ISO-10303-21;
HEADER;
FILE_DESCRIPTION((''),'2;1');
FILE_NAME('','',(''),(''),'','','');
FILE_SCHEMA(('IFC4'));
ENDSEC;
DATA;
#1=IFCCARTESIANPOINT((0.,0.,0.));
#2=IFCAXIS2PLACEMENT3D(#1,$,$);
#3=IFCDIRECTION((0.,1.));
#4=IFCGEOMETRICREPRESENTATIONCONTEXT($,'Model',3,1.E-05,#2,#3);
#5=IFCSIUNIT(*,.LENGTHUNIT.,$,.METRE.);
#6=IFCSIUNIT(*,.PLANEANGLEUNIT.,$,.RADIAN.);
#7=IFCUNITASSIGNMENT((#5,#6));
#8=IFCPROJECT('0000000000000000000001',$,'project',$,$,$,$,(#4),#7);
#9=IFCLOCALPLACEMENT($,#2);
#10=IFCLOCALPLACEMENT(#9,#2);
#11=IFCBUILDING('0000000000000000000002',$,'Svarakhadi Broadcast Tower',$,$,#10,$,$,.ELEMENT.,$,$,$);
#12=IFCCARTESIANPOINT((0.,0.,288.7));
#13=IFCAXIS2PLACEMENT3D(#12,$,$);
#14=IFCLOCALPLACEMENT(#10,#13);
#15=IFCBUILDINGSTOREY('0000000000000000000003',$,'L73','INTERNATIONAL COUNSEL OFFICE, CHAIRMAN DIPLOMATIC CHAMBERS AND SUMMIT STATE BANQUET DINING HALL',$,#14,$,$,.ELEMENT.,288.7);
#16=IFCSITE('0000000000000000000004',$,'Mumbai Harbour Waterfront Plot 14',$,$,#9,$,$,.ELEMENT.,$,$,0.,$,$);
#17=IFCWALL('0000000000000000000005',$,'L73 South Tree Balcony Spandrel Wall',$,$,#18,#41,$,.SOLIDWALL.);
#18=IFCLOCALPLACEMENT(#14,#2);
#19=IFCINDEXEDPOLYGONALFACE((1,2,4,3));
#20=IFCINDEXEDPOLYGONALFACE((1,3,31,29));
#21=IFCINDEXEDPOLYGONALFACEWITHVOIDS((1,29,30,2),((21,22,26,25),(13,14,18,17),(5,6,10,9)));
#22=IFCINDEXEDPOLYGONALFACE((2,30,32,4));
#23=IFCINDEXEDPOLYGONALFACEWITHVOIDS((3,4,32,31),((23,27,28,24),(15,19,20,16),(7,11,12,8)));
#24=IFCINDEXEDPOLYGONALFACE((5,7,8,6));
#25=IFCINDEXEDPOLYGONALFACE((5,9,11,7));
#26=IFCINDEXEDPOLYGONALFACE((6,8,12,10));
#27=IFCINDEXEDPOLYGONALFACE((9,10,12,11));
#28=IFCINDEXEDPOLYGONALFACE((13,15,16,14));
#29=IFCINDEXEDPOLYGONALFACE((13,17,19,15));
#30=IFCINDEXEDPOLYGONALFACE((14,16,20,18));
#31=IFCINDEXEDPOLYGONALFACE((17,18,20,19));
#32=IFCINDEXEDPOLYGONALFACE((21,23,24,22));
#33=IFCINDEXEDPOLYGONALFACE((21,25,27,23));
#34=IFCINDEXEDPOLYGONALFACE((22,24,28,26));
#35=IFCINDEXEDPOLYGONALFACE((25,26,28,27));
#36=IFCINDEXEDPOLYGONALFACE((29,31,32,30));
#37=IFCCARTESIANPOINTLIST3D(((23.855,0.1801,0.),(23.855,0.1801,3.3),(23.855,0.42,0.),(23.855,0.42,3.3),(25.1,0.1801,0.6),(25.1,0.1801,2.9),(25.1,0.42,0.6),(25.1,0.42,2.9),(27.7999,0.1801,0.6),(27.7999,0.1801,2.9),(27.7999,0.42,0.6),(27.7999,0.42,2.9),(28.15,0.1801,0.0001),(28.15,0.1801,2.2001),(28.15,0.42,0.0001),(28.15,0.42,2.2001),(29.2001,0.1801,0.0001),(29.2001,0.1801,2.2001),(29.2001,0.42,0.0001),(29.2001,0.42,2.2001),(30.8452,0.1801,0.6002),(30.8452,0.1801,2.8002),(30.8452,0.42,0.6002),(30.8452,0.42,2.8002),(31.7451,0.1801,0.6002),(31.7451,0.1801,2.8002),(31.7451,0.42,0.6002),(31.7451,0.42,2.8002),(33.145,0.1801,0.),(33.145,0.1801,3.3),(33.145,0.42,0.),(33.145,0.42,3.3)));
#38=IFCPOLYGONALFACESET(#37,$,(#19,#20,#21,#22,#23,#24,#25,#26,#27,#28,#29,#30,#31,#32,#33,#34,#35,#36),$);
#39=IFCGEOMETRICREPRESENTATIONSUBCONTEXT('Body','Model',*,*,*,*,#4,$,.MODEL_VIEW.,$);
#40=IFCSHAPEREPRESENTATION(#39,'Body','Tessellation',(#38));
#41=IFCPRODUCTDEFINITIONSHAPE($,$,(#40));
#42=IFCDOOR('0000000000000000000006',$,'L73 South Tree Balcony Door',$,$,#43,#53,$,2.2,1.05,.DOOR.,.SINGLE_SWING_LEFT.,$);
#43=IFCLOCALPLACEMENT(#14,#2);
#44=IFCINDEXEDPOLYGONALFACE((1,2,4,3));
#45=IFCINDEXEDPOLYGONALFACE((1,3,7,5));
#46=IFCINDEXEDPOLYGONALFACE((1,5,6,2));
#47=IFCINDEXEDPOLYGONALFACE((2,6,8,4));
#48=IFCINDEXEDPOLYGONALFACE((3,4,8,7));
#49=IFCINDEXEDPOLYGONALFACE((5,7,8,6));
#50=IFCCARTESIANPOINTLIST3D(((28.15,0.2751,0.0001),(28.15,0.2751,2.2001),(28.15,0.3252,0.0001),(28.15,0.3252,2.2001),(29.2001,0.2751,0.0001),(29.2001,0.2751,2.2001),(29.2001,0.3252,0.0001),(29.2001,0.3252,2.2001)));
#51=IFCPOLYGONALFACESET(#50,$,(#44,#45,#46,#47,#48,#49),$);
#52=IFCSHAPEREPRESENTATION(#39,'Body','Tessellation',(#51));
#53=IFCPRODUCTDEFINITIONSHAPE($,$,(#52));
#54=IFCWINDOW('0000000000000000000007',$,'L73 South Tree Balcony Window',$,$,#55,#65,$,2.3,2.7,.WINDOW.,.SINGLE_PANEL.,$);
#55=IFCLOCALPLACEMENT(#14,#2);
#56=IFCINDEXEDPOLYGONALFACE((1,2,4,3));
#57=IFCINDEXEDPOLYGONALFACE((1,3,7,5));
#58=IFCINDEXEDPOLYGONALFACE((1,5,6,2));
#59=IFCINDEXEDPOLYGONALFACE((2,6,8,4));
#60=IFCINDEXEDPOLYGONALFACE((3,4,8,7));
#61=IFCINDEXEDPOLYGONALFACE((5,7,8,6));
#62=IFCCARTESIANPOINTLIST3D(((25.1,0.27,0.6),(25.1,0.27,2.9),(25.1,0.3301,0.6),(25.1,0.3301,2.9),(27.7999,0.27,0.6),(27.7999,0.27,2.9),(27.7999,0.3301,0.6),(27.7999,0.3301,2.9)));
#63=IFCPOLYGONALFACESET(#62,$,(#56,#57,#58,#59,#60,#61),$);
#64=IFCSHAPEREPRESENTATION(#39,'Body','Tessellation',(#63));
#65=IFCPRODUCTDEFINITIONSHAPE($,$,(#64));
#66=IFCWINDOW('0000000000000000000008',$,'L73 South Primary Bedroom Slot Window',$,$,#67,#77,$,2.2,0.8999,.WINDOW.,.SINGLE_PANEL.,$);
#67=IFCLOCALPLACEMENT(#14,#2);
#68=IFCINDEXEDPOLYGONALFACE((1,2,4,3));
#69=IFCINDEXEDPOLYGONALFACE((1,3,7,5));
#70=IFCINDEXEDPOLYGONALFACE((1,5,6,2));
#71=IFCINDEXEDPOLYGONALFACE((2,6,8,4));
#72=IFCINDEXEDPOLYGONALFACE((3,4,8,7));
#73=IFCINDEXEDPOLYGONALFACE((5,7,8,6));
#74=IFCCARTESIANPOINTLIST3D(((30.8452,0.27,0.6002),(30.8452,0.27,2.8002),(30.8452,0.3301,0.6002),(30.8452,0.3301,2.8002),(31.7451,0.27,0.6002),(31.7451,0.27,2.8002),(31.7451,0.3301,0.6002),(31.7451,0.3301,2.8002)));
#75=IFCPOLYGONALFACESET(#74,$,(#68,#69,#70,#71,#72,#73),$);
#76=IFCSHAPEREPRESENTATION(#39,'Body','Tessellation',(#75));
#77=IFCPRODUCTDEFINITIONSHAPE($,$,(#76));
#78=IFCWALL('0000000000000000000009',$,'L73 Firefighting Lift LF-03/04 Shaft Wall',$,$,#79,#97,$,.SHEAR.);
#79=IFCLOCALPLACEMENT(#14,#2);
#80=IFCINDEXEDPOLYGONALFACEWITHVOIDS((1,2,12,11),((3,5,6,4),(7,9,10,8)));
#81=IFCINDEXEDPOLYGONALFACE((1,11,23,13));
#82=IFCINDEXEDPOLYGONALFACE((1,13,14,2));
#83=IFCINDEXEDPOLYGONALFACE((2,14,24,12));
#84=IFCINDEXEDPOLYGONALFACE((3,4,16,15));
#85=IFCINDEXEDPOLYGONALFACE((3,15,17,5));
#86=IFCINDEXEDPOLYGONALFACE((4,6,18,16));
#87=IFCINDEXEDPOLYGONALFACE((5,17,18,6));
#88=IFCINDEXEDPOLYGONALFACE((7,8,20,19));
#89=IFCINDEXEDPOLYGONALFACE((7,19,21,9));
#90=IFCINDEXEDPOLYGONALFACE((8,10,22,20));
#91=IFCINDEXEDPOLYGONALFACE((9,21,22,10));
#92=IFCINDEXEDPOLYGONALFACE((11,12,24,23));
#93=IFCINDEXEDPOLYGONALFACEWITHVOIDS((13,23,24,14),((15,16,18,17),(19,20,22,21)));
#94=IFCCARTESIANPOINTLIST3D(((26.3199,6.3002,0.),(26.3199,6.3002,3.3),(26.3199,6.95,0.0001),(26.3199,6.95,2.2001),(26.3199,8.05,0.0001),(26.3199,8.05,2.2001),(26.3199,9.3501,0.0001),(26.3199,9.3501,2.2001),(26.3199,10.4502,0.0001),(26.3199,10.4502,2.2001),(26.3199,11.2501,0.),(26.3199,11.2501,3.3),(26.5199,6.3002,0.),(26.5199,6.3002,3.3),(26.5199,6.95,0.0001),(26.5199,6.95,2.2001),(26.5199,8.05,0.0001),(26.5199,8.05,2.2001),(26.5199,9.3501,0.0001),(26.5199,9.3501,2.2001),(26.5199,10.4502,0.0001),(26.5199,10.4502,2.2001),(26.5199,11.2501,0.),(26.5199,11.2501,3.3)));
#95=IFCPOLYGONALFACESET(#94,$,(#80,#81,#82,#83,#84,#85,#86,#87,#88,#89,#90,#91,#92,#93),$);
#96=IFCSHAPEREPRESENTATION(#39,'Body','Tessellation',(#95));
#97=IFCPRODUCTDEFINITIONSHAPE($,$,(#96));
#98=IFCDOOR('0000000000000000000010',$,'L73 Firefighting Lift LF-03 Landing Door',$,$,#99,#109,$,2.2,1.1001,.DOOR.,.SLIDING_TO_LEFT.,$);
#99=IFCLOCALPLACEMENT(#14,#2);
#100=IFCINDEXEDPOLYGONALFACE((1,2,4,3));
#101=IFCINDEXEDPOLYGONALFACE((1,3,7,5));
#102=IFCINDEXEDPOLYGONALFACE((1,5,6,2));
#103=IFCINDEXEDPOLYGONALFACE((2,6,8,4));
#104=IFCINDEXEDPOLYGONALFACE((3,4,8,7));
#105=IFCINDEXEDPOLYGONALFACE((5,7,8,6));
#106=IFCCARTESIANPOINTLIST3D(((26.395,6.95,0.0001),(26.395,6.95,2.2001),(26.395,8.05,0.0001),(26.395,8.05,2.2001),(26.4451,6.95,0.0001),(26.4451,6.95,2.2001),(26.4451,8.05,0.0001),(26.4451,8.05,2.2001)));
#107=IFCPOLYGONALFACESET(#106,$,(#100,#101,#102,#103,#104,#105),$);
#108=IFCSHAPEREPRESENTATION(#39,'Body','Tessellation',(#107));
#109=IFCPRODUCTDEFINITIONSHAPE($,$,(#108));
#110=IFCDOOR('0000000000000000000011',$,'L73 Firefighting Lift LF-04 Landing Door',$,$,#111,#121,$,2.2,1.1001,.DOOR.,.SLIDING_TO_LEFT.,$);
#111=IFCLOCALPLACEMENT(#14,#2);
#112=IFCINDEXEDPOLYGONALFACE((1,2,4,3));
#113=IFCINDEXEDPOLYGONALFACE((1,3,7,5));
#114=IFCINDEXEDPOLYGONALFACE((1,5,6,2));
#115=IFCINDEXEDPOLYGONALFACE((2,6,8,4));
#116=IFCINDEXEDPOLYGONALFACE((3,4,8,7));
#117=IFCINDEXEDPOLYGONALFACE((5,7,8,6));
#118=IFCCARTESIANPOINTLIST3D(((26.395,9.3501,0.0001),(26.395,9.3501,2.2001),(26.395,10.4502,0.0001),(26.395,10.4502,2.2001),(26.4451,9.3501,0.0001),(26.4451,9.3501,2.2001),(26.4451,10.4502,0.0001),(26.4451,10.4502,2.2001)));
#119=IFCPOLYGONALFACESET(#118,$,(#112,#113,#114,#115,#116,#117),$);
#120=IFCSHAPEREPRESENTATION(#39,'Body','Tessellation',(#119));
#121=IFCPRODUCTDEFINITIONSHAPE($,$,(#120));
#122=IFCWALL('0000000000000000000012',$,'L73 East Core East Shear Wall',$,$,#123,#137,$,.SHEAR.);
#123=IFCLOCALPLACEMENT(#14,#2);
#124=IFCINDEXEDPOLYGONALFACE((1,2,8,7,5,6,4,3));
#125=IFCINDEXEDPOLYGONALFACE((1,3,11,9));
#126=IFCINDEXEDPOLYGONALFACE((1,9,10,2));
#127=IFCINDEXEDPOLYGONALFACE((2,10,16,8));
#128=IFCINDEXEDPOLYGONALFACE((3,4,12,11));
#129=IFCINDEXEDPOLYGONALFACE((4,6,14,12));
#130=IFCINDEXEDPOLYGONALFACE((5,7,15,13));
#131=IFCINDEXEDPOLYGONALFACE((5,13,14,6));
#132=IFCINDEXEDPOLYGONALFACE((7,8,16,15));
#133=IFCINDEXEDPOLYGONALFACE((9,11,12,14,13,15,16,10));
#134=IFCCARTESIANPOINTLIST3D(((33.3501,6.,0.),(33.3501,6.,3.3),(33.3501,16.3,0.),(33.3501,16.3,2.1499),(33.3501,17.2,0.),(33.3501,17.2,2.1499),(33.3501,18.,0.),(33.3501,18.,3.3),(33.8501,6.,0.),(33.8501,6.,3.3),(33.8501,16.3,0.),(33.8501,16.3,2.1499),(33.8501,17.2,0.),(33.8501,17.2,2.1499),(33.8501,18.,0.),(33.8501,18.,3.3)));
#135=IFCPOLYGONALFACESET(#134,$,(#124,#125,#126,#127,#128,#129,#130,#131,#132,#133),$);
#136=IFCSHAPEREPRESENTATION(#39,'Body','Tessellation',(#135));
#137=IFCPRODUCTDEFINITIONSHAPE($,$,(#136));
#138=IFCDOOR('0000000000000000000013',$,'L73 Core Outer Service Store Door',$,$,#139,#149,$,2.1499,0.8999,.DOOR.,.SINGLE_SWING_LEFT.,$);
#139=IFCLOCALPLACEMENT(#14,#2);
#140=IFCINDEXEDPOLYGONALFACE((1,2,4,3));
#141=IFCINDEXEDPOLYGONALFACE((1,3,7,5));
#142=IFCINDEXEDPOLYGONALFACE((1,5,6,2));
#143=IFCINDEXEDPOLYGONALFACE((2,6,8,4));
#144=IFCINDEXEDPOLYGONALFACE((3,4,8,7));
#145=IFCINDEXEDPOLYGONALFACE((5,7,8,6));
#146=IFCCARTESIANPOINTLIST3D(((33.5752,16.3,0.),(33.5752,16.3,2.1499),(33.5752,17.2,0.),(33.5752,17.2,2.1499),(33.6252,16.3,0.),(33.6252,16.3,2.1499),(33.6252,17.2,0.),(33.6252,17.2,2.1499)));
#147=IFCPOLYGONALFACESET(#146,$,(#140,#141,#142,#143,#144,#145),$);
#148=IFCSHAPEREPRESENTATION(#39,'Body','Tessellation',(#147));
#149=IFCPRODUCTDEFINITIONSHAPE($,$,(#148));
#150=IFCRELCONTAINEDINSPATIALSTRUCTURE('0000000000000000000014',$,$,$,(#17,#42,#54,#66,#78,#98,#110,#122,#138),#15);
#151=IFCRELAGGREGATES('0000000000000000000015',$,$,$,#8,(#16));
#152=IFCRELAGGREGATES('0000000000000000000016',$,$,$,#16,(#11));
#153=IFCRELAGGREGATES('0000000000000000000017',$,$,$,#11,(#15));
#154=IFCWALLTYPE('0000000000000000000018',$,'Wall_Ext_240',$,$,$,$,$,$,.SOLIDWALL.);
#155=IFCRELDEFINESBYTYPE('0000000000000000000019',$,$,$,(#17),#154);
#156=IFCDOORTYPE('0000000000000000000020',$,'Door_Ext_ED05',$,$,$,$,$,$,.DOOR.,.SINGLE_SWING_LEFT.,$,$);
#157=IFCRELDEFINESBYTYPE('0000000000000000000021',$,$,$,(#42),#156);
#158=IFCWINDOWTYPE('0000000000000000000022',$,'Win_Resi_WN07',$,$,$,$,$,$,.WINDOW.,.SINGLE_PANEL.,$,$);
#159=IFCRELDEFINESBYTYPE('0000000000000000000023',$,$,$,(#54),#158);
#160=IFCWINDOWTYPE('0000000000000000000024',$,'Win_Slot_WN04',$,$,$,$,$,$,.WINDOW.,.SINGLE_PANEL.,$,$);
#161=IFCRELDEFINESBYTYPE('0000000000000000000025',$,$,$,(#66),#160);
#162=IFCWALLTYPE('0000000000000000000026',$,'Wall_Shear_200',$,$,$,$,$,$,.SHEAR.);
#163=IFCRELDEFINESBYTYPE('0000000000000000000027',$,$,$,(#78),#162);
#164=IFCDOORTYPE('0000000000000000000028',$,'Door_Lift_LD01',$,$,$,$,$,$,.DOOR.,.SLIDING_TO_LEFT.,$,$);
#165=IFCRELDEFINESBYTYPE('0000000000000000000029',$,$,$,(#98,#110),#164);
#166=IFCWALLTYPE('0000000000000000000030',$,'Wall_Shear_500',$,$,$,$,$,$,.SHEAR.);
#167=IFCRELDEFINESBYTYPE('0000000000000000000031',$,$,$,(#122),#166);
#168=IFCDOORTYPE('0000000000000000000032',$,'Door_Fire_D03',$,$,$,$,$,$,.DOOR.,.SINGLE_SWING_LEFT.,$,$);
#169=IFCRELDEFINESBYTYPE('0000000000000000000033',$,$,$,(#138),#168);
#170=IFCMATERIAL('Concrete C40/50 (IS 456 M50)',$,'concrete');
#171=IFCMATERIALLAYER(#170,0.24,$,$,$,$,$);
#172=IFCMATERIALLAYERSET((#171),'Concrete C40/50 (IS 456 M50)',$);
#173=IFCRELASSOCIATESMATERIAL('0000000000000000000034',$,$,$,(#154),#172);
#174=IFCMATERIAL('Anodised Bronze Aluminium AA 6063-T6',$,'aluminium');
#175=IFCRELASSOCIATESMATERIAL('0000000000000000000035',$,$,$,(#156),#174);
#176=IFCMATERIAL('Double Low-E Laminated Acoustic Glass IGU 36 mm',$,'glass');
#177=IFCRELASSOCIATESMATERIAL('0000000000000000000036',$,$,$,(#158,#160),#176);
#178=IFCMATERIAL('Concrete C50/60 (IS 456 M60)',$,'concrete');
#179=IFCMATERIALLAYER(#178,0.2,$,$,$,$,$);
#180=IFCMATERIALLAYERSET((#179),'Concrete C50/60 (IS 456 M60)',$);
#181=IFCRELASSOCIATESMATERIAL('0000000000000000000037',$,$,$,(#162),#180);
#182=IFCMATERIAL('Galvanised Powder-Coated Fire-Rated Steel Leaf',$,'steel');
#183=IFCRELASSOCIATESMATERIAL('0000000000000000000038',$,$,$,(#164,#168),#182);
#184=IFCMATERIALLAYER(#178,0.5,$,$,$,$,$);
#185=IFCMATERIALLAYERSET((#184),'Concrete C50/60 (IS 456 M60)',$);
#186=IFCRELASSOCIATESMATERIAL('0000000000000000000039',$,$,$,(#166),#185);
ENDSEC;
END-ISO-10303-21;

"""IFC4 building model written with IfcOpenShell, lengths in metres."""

from ifc_helpers import new_model, si_unit, direction, frame, frame_2d, origin, place, context, subcontext, project, spatial, rectangle, extrude, material, layer, layer_set, type_object, element, fill, save


model = new_model("IFC4")

# Units and contexts
model_context = context("Model", 3, precision=1e-05, world=origin(), true_north=direction((0.0, 1.0)))
body_context = subcontext(model_context, "Body", "Model", "MODEL_VIEW")
ifc_project = project(units=[si_unit("LENGTHUNIT", "METRE"), si_unit("PLANEANGLEUNIT", "RADIAN")], contexts=[model_context])

# Site, building, storey
site_placement = place(None, origin())
site = spatial("IfcSite", under=ifc_project, at=site_placement, Name="Mumbai Harbour Waterfront Plot 14", CompositionType="ELEMENT", RefElevation=0.0)
building_placement = place(site_placement, origin())
building = spatial("IfcBuilding", under=site, at=building_placement, Name="Svarakhadi Broadcast Tower", CompositionType="ELEMENT")
storey_placement = place(building_placement, frame((0.0, 0.0, 288.7)))
storey = spatial("IfcBuildingStorey", under=building, at=storey_placement, Name="L73", Description="INTERNATIONAL COUNSEL OFFICE, CHAIRMAN DIPLOMATIC CHAMBERS AND SUMMIT STATE BANQUET DINING HALL", CompositionType="ELEMENT", Elevation=288.7)

# Shared definitions
ifc_material_1 = material(Name="Concrete C50/60 (IS 456 M60)", Category="concrete")

# Shared definitions
ifc_material_2 = material(Name="Anodised Bronze Aluminium AA 6063-T6", Category="aluminium")

# Shared definitions
ifc_material_3 = material(Name="Double Low-E Laminated Acoustic Glass IGU 36 mm", Category="glass")

# Wall, openings, door, windows
ifc_material_4 = material(Name="Concrete C40/50 (IS 456 M50)", Category="concrete")
ifc_layer_1 = layer(ifc_material_4, 0.24)
ifc_layer_set_1 = layer_set([ifc_layer_1], Name="Concrete C40/50 (IS 456 M50)")
wall_type_1 = type_object("IfcWallType", Name="Wall_Ext_240", PredefinedType="SOLIDWALL", material=ifc_layer_set_1)
wall_1_placement = place(storey_placement, frame((33.145, 0.3, 0.0), z_axis=(0.0, 0.0, 1.0), x_axis=(-1.0, 0.0, 0.0)))
wall_1 = element("IfcWall", 1, at=wall_1_placement, inside=storey, type_object=wall_type_1, Name="L73 South Tree Balcony Spandrel Wall", PredefinedType="SOLIDWALL", context=body_context, shape_type="SweptSolid", body=[
    extrude(rectangle(XDim=9.29, YDim=0.24, at=frame_2d((4.645, 0.0))), origin(), (0.0, 0.0, 1.0), 3.3),
])
opening_1_placement = place(wall_1_placement, frame((3.9451, 0.0, 0.0)))
opening_1 = element("IfcOpeningElement", 2, at=opening_1_placement, cuts=wall_1, PredefinedType="OPENING", context=body_context, shape_type="SweptSolid", body=[
    extrude(rectangle(XDim=1.05, YDim=2.2, at=frame_2d((0.5249, 1.1001))), frame((0.0, 0.1299, 0.0), z_axis=(0.0, -1.0, 0.0), x_axis=(1.0, 0.0, 0.0)), (0.0, 0.0, 1.0), 0.26),
])
opening_2_placement = place(wall_1_placement, frame((5.345, 0.0, 0.6001)))
opening_2 = element("IfcOpeningElement", 3, at=opening_2_placement, cuts=wall_1, PredefinedType="OPENING", context=body_context, shape_type="SweptSolid", body=[
    extrude(rectangle(XDim=2.7, YDim=2.3, at=frame_2d((1.3501, 1.1499))), frame((0.0, 0.1299, 0.0), z_axis=(0.0, -1.0, 0.0), x_axis=(1.0, 0.0, 0.0)), (0.0, 0.0, 1.0), 0.26),
])
opening_3_placement = place(wall_1_placement, frame((1.3999, 0.0, 0.6001)))
opening_3 = element("IfcOpeningElement", 4, at=opening_3_placement, cuts=wall_1, PredefinedType="OPENING", context=body_context, shape_type="SweptSolid", body=[
    extrude(rectangle(XDim=0.8999, YDim=2.2, at=frame_2d((0.45, 1.1001))), frame((0.0, 0.1299, 0.0), z_axis=(0.0, -1.0, 0.0), x_axis=(1.0, 0.0, 0.0)), (0.0, 0.0, 1.0), 0.26),
])
door_type_1 = type_object("IfcDoorType", Name="Door_Ext_ED05", OperationType="SINGLE_SWING_LEFT", PredefinedType="DOOR", material=ifc_material_2)
door_1_placement = place(opening_1_placement, origin())
door_1 = element("IfcDoor", 5, at=door_1_placement, inside=storey, type_object=door_type_1, Name="L73 South Tree Balcony Door", OperationType="SINGLE_SWING_LEFT", OverallHeight=2.2, OverallWidth=1.05, PredefinedType="DOOR", context=body_context, shape_type="SweptSolid", body=[
    extrude(rectangle(XDim=1.05, YDim=2.2, at=frame_2d((0.5249, 1.1001))), frame((0.0, 0.0249, 0.0), z_axis=(0.0, -1.0, 0.0), x_axis=(1.0, 0.0, 0.0)), (0.0, 0.0, 1.0), 0.05),
])
fill(opening_1, door_1)
window_type_1 = type_object("IfcWindowType", Name="Win_Resi_WN07", PartitioningType="SINGLE_PANEL", PredefinedType="WINDOW", material=ifc_material_3)
window_1_placement = place(opening_2_placement, origin())
window_1 = element("IfcWindow", 6, at=window_1_placement, inside=storey, type_object=window_type_1, Name="L73 South Tree Balcony Window", OverallHeight=2.3, OverallWidth=2.7, PartitioningType="SINGLE_PANEL", PredefinedType="WINDOW", context=body_context, shape_type="SweptSolid", body=[
    extrude(rectangle(XDim=2.7, YDim=2.3, at=frame_2d((1.3501, 1.1499))), frame((0.0, 0.03, 0.0), z_axis=(0.0, -1.0, 0.0), x_axis=(1.0, 0.0, 0.0)), (0.0, 0.0, 1.0), 0.0601),
])
fill(opening_2, window_1)
window_type_2 = type_object("IfcWindowType", Name="Win_Slot_WN04", PartitioningType="SINGLE_PANEL", PredefinedType="WINDOW", material=ifc_material_3)
window_2_placement = place(opening_3_placement, origin())
window_2 = element("IfcWindow", 7, at=window_2_placement, inside=storey, type_object=window_type_2, Name="L73 South Primary Bedroom Slot Window", OverallHeight=2.2, OverallWidth=0.8999, PartitioningType="SINGLE_PANEL", PredefinedType="WINDOW", context=body_context, shape_type="SweptSolid", body=[
    extrude(rectangle(XDim=0.8999, YDim=2.2, at=frame_2d((0.45, 1.1001))), frame((0.0, 0.03, 0.0), z_axis=(0.0, -1.0, 0.0), x_axis=(1.0, 0.0, 0.0)), (0.0, 0.0, 1.0), 0.0601),
])
fill(opening_3, window_2)

# Wall, openings, doors
ifc_layer_2 = layer(ifc_material_1, 0.2)
ifc_layer_set_2 = layer_set([ifc_layer_2], Name="Concrete C50/60 (IS 456 M60)")
wall_type_2 = type_object("IfcWallType", Name="Wall_Shear_200", PredefinedType="SHEAR", material=ifc_layer_set_2)
wall_2_placement = place(storey_placement, frame((26.4199, 6.3, 0.0), z_axis=(0.0, 0.0, 1.0), x_axis=(0.0, 1.0, 0.0)))
wall_2 = element("IfcWall", 8, at=wall_2_placement, inside=storey, type_object=wall_type_2, Name="L73 Firefighting Lift LF-03/04 Shaft Wall", PredefinedType="SHEAR", context=body_context, shape_type="SweptSolid", body=[
    extrude(rectangle(XDim=4.95, YDim=0.2, at=frame_2d((2.4751, 0.0))), origin(), (0.0, 0.0, 1.0), 3.3),
])
opening_4_placement = place(wall_2_placement, frame((0.6499, 0.0, 0.0)))
opening_4 = element("IfcOpeningElement", 9, at=opening_4_placement, cuts=wall_2, PredefinedType="OPENING", context=body_context, shape_type="SweptSolid", body=[
    extrude(rectangle(XDim=1.1001, YDim=2.2, at=frame_2d((0.55, 1.1001))), frame((0.0, 0.1099, 0.0), z_axis=(0.0, -1.0, 0.0), x_axis=(1.0, 0.0, 0.0)), (0.0, 0.0, 1.0), 0.22),
])
opening_5_placement = place(wall_2_placement, frame((3.05, 0.0, 0.0)))
opening_5 = element("IfcOpeningElement", 10, at=opening_5_placement, cuts=wall_2, PredefinedType="OPENING", context=body_context, shape_type="SweptSolid", body=[
    extrude(rectangle(XDim=1.1001, YDim=2.2, at=frame_2d((0.55, 1.1001))), frame((0.0, 0.1099, 0.0), z_axis=(0.0, -1.0, 0.0), x_axis=(1.0, 0.0, 0.0)), (0.0, 0.0, 1.0), 0.22),
])
ifc_material_5 = material(Name="Galvanised Powder-Coated Fire-Rated Steel Leaf", Category="steel")
door_type_2 = type_object("IfcDoorType", Name="Door_Lift_LD01", OperationType="SLIDING_TO_LEFT", PredefinedType="DOOR", material=ifc_material_5)
door_2_placement = place(opening_4_placement, origin())
door_2 = element("IfcDoor", 11, at=door_2_placement, inside=storey, type_object=door_type_2, Name="L73 Firefighting Lift LF-03 Landing Door", OperationType="SLIDING_TO_LEFT", OverallHeight=2.2, OverallWidth=1.1001, PredefinedType="DOOR", context=body_context, shape_type="SweptSolid", body=[
    extrude(rectangle(XDim=1.1001, YDim=2.2, at=frame_2d((0.55, 1.1001))), frame((0.0, 0.0249, 0.0), z_axis=(0.0, -1.0, 0.0), x_axis=(1.0, 0.0, 0.0)), (0.0, 0.0, 1.0), 0.05),
])
fill(opening_4, door_2)
door_3_placement = place(opening_5_placement, origin())
door_3 = element("IfcDoor", 12, at=door_3_placement, inside=storey, type_object=door_type_2, Name="L73 Firefighting Lift LF-04 Landing Door", OperationType="SLIDING_TO_LEFT", OverallHeight=2.2, OverallWidth=1.1001, PredefinedType="DOOR", context=body_context, shape_type="SweptSolid", body=[
    extrude(rectangle(XDim=1.1001, YDim=2.2, at=frame_2d((0.55, 1.1001))), frame((0.0, 0.0249, 0.0), z_axis=(0.0, -1.0, 0.0), x_axis=(1.0, 0.0, 0.0)), (0.0, 0.0, 1.0), 0.05),
])
fill(opening_5, door_3)

# Wall, opening, door
ifc_layer_3 = layer(ifc_material_1, 0.5)
ifc_layer_set_3 = layer_set([ifc_layer_3], Name="Concrete C50/60 (IS 456 M60)")
wall_type_3 = type_object("IfcWallType", Name="Wall_Shear_500", PredefinedType="SHEAR", material=ifc_layer_set_3)
wall_3_placement = place(storey_placement, frame((33.6001, 6.0, 0.0), z_axis=(0.0, 0.0, 1.0), x_axis=(0.0, 1.0, 0.0)))
wall_3 = element("IfcWall", 13, at=wall_3_placement, inside=storey, type_object=wall_type_3, Name="L73 East Core East Shear Wall", PredefinedType="SHEAR", context=body_context, shape_type="SweptSolid", body=[
    extrude(rectangle(XDim=12.0, YDim=0.5, at=frame_2d((6.0, 0.0))), origin(), (0.0, 0.0, 1.0), 3.3),
])
opening_6_placement = place(wall_3_placement, frame((10.3, 0.0, 0.0)))
opening_6 = element("IfcOpeningElement", 14, at=opening_6_placement, cuts=wall_3, PredefinedType="OPENING", context=body_context, shape_type="SweptSolid", body=[
    extrude(rectangle(XDim=0.8999, YDim=2.1499, at=frame_2d((0.45, 1.075))), frame((0.0, 0.26, 0.0), z_axis=(0.0, -1.0, 0.0), x_axis=(1.0, 0.0, 0.0)), (0.0, 0.0, 1.0), 0.52),
])
door_type_3 = type_object("IfcDoorType", Name="Door_Fire_D03", OperationType="SINGLE_SWING_LEFT", PredefinedType="DOOR", material=ifc_material_5)
door_4_placement = place(opening_6_placement, origin())
door_4 = element("IfcDoor", 15, at=door_4_placement, inside=storey, type_object=door_type_3, Name="L73 Core Outer Service Store Door", OperationType="SINGLE_SWING_LEFT", OverallHeight=2.1499, OverallWidth=0.8999, PredefinedType="DOOR", context=body_context, shape_type="SweptSolid", body=[
    extrude(rectangle(XDim=0.8999, YDim=2.1499, at=frame_2d((0.45, 1.075))), frame((0.0, 0.0249, 0.0), z_axis=(0.0, -1.0, 0.0), x_axis=(1.0, 0.0, 0.0)), (0.0, 0.0, 1.0), 0.05),
])
fill(opening_6, door_4)

save(model, "model.ifc")
